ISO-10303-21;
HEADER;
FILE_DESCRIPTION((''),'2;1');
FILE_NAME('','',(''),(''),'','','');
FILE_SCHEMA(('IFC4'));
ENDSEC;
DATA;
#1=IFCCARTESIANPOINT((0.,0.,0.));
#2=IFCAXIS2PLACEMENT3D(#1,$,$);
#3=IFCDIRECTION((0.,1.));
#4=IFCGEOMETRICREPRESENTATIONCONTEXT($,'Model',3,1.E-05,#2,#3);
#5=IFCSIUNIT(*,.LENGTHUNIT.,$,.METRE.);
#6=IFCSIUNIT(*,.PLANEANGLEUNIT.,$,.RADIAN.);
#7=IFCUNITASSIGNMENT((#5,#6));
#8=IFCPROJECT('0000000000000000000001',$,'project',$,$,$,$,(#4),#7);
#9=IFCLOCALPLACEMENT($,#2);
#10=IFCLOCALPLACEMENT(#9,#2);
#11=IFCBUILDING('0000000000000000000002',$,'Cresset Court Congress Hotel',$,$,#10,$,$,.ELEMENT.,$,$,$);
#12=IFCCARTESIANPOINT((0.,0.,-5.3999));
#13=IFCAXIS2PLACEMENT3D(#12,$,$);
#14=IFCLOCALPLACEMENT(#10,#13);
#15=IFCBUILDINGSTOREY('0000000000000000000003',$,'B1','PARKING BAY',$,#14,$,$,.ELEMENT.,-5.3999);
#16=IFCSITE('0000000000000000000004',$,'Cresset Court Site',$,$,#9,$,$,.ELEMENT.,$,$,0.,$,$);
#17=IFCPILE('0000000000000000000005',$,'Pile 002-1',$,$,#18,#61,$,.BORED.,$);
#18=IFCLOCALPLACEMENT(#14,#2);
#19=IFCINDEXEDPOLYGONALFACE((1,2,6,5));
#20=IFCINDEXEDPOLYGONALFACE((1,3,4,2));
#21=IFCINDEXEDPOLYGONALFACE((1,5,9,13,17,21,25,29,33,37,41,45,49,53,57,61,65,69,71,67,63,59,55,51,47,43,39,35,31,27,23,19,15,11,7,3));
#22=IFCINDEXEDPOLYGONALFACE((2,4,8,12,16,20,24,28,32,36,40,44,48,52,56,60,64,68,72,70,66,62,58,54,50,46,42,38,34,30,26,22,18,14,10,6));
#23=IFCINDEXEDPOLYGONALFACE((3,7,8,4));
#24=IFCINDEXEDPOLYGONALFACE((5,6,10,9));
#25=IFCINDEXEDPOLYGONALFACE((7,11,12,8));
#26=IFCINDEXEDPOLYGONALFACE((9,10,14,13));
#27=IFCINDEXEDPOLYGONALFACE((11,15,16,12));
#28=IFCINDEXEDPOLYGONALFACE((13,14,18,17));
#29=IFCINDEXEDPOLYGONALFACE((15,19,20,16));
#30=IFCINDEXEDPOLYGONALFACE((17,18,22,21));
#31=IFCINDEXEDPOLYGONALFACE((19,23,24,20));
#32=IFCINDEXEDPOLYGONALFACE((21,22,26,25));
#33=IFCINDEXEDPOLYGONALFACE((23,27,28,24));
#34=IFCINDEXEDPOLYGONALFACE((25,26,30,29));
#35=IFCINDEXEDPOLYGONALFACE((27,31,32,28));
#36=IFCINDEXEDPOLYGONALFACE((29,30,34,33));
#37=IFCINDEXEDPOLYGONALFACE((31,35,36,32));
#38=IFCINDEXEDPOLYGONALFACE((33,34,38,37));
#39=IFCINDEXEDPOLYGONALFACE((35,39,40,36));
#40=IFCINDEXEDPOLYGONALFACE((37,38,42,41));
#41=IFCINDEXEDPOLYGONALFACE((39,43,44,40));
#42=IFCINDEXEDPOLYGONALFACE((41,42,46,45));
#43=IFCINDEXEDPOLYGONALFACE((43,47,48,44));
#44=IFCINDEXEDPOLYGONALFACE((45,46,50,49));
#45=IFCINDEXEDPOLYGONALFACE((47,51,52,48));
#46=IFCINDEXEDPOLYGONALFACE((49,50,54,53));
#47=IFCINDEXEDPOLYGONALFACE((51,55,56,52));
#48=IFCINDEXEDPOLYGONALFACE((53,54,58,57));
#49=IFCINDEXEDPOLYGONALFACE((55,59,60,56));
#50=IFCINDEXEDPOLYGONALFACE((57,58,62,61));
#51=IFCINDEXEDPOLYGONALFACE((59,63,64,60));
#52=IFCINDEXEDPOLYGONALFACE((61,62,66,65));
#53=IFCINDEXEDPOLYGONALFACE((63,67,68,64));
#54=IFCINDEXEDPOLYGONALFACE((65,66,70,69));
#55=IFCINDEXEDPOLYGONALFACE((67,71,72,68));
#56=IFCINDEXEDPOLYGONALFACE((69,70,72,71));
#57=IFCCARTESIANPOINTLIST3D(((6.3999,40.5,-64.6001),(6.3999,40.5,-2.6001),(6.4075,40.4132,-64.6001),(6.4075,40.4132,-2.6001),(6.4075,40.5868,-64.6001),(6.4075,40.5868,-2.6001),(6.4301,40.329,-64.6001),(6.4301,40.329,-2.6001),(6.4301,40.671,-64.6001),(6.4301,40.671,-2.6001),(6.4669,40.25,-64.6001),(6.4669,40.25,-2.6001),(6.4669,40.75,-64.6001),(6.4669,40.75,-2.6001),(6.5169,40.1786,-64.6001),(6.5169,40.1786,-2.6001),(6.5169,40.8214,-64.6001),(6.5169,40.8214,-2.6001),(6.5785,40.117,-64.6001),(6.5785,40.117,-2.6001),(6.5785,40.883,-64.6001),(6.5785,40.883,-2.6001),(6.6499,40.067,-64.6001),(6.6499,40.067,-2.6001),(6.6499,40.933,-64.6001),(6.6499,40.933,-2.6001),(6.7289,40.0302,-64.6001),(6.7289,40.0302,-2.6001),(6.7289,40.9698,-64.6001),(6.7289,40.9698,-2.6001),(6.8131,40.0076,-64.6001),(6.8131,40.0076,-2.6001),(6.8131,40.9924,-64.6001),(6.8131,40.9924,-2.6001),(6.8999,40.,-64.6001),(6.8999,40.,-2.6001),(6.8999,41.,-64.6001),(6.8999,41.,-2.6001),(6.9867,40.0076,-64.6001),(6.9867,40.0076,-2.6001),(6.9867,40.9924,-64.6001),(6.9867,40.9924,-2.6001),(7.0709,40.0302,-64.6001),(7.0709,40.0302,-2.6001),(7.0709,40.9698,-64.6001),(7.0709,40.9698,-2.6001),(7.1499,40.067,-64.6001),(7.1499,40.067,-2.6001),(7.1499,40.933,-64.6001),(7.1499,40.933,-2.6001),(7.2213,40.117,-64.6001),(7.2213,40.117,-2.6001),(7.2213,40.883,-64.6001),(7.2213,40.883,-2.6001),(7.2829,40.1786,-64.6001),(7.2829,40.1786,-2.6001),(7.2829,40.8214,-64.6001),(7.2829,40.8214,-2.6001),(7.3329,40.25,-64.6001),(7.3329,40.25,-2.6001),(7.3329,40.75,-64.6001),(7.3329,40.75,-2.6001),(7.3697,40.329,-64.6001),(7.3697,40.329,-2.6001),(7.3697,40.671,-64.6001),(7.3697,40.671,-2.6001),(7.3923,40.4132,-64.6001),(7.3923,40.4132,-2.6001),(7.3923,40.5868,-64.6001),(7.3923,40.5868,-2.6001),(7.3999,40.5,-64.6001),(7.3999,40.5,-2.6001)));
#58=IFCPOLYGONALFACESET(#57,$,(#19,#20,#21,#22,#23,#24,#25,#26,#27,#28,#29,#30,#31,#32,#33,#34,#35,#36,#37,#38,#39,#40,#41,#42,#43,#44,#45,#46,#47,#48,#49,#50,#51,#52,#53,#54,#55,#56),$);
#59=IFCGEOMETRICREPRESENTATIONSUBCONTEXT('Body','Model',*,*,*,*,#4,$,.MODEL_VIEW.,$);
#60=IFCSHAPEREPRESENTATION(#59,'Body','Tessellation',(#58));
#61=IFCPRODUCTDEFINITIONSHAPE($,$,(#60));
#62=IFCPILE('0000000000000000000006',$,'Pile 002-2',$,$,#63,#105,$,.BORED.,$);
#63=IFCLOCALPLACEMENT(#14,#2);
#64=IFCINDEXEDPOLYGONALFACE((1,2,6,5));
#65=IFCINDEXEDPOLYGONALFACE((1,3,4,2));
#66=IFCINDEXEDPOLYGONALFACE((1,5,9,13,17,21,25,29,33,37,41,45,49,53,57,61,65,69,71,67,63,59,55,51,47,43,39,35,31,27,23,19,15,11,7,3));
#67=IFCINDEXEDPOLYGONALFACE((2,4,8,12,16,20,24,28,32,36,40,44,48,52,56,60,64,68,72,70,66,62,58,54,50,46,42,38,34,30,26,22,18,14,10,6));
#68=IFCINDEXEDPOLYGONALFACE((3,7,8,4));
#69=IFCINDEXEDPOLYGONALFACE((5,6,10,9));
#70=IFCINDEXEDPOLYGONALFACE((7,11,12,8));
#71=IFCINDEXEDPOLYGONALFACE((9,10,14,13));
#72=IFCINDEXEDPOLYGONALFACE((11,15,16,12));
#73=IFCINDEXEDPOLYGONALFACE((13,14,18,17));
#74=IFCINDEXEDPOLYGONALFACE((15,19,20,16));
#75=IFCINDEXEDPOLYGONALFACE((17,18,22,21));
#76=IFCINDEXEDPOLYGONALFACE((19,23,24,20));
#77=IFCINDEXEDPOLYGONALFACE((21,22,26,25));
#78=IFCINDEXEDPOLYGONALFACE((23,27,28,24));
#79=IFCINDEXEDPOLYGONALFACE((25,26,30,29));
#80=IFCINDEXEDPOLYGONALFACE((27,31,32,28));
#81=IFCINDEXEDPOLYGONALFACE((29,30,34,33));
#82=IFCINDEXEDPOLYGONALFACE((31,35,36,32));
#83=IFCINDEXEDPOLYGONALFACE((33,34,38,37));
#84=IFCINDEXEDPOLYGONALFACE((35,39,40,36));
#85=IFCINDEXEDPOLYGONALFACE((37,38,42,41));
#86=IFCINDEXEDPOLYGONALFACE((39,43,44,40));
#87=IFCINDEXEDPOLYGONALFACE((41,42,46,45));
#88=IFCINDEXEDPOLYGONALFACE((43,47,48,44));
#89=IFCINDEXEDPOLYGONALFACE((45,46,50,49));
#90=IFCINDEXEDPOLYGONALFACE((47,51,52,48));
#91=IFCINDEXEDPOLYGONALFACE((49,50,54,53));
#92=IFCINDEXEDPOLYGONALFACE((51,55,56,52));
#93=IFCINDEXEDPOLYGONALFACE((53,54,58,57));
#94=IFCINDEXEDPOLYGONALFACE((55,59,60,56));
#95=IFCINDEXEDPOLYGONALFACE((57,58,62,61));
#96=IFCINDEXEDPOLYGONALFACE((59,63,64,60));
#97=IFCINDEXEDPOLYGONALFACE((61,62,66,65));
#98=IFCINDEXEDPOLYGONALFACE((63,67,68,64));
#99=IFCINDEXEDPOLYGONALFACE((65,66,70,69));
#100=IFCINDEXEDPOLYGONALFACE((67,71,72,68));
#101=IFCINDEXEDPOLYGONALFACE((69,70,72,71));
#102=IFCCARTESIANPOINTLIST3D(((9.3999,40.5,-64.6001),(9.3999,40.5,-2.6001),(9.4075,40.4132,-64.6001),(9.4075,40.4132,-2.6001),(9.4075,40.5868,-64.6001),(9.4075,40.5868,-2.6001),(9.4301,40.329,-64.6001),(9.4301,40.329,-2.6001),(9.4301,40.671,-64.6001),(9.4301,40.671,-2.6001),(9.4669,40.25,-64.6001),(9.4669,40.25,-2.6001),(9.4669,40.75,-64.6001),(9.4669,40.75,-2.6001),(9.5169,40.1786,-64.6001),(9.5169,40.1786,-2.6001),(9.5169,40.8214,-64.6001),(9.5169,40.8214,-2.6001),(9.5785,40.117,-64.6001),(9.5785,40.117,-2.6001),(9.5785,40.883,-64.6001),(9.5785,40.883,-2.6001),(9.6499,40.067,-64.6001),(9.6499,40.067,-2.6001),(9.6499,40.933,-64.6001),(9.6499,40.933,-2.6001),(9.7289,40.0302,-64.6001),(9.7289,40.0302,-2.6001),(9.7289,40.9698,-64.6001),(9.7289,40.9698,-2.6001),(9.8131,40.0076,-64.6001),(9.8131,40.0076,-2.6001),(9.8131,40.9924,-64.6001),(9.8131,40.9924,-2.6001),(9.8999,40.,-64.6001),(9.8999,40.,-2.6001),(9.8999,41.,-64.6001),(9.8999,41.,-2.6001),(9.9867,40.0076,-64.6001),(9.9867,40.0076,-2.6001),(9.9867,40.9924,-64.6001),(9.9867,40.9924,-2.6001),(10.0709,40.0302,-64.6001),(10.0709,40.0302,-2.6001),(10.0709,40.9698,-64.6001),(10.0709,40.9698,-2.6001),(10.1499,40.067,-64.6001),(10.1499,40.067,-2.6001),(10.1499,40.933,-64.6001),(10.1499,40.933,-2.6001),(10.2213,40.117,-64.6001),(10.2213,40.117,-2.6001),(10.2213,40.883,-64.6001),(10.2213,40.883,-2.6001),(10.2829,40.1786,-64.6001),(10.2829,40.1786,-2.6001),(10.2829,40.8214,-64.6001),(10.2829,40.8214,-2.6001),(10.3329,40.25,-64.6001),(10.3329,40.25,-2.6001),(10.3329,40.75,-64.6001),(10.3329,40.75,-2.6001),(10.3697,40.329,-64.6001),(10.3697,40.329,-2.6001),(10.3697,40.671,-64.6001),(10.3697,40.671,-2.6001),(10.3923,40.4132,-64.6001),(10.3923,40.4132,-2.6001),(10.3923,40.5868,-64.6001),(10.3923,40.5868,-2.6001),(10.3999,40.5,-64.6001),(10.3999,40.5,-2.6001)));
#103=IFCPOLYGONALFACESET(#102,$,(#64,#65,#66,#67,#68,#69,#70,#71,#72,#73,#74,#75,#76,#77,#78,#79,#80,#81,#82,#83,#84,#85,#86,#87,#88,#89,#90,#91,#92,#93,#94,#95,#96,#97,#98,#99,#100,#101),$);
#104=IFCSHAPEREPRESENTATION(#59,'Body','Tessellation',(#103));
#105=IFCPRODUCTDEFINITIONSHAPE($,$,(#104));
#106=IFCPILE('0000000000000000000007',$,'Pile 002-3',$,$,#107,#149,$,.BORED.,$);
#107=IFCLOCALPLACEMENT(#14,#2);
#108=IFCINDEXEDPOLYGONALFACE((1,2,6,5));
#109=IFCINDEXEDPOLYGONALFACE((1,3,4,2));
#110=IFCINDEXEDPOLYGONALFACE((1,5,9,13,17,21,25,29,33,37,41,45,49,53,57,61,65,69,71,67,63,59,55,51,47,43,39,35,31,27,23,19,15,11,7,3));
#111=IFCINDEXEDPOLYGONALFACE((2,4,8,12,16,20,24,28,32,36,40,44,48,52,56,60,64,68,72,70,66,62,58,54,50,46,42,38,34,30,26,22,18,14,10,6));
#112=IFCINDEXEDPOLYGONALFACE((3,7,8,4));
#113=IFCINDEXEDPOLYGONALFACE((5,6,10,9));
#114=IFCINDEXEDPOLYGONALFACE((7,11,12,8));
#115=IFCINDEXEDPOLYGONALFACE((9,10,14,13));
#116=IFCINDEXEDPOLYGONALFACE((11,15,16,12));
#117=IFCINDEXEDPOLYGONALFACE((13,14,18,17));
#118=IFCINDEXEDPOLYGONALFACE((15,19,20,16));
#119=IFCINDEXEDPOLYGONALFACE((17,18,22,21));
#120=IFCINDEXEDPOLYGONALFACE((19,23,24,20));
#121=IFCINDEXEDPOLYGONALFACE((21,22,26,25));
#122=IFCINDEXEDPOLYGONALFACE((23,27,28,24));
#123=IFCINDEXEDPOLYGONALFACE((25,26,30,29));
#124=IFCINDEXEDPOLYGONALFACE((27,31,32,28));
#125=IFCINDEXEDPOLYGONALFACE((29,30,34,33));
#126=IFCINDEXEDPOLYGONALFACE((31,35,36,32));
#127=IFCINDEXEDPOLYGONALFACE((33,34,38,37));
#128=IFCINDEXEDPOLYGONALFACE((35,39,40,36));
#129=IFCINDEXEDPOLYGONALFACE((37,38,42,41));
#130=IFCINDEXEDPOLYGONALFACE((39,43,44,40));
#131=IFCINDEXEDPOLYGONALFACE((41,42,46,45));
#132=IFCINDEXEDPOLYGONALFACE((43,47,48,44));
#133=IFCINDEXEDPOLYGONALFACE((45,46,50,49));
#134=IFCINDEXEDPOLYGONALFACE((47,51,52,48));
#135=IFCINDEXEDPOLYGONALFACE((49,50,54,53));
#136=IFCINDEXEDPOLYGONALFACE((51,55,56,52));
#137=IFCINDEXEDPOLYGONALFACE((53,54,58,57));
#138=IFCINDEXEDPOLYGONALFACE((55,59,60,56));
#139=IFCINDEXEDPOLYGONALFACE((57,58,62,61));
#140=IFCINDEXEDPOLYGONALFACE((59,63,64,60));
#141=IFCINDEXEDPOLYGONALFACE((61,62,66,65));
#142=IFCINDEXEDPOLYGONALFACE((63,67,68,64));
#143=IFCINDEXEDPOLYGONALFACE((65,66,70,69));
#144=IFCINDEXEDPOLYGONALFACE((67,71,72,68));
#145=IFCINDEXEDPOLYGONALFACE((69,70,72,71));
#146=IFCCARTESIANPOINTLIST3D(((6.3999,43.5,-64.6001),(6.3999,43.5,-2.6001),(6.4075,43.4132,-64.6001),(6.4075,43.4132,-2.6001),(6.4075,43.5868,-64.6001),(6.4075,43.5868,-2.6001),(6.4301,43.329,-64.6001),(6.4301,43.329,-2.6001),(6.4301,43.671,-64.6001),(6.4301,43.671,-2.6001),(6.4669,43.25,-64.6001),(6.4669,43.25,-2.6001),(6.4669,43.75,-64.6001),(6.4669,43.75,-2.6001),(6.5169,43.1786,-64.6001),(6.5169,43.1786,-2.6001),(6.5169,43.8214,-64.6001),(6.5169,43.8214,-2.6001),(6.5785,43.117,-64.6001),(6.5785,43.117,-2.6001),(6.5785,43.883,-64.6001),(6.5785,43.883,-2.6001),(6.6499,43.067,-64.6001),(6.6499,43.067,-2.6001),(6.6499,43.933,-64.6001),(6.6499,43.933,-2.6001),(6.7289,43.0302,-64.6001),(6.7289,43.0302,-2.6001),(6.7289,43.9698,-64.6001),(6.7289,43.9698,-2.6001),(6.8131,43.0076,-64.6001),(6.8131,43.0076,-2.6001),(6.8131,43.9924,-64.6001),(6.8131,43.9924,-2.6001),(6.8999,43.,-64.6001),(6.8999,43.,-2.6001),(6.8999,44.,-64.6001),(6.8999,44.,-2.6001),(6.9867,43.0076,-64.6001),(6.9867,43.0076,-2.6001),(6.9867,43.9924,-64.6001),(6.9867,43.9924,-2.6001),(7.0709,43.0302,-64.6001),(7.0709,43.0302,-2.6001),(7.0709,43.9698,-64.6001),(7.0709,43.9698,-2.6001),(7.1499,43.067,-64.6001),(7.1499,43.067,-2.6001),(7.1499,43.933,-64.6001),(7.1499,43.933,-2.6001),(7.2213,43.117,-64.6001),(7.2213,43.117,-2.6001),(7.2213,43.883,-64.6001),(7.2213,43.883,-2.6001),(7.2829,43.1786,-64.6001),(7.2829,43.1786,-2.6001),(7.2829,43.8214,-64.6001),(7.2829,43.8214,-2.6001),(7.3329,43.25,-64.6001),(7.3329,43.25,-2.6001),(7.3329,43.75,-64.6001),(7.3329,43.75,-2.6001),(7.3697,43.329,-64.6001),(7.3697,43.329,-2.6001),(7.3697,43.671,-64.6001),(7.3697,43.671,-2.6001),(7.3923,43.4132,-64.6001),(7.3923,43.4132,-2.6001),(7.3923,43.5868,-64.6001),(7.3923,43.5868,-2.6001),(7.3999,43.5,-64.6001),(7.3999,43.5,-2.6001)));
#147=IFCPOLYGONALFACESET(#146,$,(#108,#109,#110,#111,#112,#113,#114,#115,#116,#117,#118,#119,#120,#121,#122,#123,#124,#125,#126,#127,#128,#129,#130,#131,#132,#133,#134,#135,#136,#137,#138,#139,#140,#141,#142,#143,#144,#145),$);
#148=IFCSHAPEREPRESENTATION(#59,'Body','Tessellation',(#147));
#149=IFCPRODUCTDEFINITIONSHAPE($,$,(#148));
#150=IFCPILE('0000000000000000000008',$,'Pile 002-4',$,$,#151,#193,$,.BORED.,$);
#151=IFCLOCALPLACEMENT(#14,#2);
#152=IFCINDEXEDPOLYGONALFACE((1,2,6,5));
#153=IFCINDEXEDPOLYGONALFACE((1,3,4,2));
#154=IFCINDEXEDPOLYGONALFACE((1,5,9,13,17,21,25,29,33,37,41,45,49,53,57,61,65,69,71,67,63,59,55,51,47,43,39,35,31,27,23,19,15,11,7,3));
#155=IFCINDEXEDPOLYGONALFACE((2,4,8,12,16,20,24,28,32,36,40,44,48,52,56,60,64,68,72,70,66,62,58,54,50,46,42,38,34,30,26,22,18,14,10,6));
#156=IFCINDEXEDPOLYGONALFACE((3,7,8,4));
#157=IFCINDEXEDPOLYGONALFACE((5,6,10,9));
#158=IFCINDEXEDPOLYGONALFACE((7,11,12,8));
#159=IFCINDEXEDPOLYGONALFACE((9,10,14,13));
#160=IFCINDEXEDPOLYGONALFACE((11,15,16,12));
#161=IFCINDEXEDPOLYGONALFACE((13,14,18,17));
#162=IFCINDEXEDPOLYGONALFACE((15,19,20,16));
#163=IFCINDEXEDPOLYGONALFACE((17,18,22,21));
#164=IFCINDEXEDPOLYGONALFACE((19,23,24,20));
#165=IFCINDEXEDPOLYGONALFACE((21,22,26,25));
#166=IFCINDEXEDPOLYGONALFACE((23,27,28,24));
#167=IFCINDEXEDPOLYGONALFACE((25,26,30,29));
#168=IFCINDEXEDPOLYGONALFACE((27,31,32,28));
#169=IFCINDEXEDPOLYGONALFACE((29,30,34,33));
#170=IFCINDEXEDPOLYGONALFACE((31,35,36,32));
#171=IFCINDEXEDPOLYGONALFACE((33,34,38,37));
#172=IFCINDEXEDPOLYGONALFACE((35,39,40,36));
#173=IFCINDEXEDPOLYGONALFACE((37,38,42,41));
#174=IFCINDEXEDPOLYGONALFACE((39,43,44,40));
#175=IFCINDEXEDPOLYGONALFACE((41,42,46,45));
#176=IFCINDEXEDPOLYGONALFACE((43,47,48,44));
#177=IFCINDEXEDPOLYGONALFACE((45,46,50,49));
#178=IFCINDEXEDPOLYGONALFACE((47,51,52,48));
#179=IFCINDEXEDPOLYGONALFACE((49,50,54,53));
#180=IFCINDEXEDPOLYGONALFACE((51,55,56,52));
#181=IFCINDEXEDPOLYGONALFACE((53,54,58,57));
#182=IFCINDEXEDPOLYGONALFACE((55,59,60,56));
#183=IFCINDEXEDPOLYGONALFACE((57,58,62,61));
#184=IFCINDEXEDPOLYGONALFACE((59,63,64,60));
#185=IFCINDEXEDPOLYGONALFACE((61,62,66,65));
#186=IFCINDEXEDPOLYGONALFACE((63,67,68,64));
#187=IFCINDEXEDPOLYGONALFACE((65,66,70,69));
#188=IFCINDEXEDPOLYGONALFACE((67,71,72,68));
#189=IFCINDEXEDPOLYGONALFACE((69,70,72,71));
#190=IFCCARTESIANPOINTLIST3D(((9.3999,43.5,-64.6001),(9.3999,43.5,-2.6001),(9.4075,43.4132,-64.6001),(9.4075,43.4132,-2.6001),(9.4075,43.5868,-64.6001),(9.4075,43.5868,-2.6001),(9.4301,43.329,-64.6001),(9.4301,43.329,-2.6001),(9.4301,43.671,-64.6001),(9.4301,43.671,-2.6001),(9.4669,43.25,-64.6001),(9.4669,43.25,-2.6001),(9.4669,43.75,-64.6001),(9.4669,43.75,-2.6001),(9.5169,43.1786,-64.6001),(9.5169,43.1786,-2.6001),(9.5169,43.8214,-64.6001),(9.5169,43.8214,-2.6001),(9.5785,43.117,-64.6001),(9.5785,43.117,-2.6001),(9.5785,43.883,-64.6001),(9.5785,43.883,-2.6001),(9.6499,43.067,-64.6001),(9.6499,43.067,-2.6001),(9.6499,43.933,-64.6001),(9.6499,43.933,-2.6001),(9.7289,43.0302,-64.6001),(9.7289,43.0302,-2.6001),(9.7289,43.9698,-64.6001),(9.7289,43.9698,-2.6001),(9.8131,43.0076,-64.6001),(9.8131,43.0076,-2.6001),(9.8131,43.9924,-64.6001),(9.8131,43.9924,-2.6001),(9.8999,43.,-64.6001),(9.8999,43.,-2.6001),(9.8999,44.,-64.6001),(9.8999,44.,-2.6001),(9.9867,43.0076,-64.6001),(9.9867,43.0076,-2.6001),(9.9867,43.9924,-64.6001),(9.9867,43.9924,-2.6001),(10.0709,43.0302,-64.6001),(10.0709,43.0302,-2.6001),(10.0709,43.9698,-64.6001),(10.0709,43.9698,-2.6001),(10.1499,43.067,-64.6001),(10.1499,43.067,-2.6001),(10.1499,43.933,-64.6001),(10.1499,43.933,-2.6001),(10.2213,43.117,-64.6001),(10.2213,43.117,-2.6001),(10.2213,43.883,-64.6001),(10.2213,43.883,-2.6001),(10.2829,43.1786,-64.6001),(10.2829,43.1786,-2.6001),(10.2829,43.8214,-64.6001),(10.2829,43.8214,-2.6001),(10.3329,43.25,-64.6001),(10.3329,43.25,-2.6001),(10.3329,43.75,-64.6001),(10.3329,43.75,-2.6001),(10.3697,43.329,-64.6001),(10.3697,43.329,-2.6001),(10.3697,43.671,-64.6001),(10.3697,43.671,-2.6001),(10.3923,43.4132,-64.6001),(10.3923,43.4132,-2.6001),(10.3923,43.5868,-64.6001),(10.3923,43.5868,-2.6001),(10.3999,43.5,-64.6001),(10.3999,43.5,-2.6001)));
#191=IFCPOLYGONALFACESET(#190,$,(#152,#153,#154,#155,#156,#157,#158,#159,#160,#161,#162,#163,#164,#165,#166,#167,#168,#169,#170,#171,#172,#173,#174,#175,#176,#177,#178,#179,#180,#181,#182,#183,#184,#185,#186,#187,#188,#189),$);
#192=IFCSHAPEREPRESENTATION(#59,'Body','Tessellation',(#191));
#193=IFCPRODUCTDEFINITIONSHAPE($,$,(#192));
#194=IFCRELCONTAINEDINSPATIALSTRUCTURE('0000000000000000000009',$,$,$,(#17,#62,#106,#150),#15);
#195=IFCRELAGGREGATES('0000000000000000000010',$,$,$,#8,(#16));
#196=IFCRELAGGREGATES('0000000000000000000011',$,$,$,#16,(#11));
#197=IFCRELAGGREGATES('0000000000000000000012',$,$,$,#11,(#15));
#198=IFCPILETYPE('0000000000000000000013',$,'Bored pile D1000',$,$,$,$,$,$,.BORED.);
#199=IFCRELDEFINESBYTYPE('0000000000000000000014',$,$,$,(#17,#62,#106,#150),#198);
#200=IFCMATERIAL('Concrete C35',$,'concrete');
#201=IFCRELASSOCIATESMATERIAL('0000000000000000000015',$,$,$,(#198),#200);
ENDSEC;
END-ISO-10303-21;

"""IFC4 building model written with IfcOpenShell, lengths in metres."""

from ifc_helpers import new_model, si_unit, direction, frame, origin, origin_2d, place, context, subcontext, project, spatial, circle, extrude, material, type_object, element, save


model = new_model("IFC4")

# Units and contexts
model_context = context("Model", 3, precision=1e-05, world=origin(), true_north=direction((0.0, 1.0)))
body_context = subcontext(model_context, "Body", "Model", "MODEL_VIEW")
ifc_project = project(units=[si_unit("LENGTHUNIT", "METRE"), si_unit("PLANEANGLEUNIT", "RADIAN")], contexts=[model_context])

# Site, building, storey
site_placement = place(None, origin())
site = spatial("IfcSite", under=ifc_project, at=site_placement, Name="Cresset Court Site", CompositionType="ELEMENT", RefElevation=0.0)
building_placement = place(site_placement, origin())
building = spatial("IfcBuilding", under=site, at=building_placement, Name="Cresset Court Congress Hotel", CompositionType="ELEMENT")
storey_placement = place(building_placement, frame((0.0, 0.0, -5.3999)))
storey = spatial("IfcBuildingStorey", under=building, at=storey_placement, Name="B1", Description="PARKING BAY", CompositionType="ELEMENT", Elevation=-5.3999)

# Piles
ifc_material_1 = material(Name="Concrete C35", Category="concrete")
pile_type = type_object("IfcPileType", Name="Bored pile D1000", PredefinedType="BORED", material=ifc_material_1)
for number, where, z_axis, x_axis, name in (
    (1, (6.8999, 40.5, -2.6001), (0.0, 0.0, -1.0), (1.0, 0.0, 0.0), "Pile 002-1"),
    (2, (9.8999, 40.5, -2.6001), (0.0, 0.0, -1.0), (1.0, 0.0, 0.0), "Pile 002-2"),
    (3, (6.8999, 43.5, -2.6001), (0.0, 0.0, -1.0), (1.0, 0.0, 0.0), "Pile 002-3"),
    (4, (9.8999, 43.5, -2.6001), (0.0, 0.0, -1.0), (1.0, 0.0, 0.0), "Pile 002-4"),
):
    element("IfcPile", number, at=place(storey_placement, frame(where, z_axis=z_axis, x_axis=x_axis)), inside=storey, type_object=pile_type, Name=name, PredefinedType="BORED", context=body_context, shape_type="SweptSolid", body=[
        extrude(circle(Radius=0.5, at=origin_2d()), origin(), (0.0, 0.0, 1.0), 62.0),
    ])

save(model, "model.ifc")
